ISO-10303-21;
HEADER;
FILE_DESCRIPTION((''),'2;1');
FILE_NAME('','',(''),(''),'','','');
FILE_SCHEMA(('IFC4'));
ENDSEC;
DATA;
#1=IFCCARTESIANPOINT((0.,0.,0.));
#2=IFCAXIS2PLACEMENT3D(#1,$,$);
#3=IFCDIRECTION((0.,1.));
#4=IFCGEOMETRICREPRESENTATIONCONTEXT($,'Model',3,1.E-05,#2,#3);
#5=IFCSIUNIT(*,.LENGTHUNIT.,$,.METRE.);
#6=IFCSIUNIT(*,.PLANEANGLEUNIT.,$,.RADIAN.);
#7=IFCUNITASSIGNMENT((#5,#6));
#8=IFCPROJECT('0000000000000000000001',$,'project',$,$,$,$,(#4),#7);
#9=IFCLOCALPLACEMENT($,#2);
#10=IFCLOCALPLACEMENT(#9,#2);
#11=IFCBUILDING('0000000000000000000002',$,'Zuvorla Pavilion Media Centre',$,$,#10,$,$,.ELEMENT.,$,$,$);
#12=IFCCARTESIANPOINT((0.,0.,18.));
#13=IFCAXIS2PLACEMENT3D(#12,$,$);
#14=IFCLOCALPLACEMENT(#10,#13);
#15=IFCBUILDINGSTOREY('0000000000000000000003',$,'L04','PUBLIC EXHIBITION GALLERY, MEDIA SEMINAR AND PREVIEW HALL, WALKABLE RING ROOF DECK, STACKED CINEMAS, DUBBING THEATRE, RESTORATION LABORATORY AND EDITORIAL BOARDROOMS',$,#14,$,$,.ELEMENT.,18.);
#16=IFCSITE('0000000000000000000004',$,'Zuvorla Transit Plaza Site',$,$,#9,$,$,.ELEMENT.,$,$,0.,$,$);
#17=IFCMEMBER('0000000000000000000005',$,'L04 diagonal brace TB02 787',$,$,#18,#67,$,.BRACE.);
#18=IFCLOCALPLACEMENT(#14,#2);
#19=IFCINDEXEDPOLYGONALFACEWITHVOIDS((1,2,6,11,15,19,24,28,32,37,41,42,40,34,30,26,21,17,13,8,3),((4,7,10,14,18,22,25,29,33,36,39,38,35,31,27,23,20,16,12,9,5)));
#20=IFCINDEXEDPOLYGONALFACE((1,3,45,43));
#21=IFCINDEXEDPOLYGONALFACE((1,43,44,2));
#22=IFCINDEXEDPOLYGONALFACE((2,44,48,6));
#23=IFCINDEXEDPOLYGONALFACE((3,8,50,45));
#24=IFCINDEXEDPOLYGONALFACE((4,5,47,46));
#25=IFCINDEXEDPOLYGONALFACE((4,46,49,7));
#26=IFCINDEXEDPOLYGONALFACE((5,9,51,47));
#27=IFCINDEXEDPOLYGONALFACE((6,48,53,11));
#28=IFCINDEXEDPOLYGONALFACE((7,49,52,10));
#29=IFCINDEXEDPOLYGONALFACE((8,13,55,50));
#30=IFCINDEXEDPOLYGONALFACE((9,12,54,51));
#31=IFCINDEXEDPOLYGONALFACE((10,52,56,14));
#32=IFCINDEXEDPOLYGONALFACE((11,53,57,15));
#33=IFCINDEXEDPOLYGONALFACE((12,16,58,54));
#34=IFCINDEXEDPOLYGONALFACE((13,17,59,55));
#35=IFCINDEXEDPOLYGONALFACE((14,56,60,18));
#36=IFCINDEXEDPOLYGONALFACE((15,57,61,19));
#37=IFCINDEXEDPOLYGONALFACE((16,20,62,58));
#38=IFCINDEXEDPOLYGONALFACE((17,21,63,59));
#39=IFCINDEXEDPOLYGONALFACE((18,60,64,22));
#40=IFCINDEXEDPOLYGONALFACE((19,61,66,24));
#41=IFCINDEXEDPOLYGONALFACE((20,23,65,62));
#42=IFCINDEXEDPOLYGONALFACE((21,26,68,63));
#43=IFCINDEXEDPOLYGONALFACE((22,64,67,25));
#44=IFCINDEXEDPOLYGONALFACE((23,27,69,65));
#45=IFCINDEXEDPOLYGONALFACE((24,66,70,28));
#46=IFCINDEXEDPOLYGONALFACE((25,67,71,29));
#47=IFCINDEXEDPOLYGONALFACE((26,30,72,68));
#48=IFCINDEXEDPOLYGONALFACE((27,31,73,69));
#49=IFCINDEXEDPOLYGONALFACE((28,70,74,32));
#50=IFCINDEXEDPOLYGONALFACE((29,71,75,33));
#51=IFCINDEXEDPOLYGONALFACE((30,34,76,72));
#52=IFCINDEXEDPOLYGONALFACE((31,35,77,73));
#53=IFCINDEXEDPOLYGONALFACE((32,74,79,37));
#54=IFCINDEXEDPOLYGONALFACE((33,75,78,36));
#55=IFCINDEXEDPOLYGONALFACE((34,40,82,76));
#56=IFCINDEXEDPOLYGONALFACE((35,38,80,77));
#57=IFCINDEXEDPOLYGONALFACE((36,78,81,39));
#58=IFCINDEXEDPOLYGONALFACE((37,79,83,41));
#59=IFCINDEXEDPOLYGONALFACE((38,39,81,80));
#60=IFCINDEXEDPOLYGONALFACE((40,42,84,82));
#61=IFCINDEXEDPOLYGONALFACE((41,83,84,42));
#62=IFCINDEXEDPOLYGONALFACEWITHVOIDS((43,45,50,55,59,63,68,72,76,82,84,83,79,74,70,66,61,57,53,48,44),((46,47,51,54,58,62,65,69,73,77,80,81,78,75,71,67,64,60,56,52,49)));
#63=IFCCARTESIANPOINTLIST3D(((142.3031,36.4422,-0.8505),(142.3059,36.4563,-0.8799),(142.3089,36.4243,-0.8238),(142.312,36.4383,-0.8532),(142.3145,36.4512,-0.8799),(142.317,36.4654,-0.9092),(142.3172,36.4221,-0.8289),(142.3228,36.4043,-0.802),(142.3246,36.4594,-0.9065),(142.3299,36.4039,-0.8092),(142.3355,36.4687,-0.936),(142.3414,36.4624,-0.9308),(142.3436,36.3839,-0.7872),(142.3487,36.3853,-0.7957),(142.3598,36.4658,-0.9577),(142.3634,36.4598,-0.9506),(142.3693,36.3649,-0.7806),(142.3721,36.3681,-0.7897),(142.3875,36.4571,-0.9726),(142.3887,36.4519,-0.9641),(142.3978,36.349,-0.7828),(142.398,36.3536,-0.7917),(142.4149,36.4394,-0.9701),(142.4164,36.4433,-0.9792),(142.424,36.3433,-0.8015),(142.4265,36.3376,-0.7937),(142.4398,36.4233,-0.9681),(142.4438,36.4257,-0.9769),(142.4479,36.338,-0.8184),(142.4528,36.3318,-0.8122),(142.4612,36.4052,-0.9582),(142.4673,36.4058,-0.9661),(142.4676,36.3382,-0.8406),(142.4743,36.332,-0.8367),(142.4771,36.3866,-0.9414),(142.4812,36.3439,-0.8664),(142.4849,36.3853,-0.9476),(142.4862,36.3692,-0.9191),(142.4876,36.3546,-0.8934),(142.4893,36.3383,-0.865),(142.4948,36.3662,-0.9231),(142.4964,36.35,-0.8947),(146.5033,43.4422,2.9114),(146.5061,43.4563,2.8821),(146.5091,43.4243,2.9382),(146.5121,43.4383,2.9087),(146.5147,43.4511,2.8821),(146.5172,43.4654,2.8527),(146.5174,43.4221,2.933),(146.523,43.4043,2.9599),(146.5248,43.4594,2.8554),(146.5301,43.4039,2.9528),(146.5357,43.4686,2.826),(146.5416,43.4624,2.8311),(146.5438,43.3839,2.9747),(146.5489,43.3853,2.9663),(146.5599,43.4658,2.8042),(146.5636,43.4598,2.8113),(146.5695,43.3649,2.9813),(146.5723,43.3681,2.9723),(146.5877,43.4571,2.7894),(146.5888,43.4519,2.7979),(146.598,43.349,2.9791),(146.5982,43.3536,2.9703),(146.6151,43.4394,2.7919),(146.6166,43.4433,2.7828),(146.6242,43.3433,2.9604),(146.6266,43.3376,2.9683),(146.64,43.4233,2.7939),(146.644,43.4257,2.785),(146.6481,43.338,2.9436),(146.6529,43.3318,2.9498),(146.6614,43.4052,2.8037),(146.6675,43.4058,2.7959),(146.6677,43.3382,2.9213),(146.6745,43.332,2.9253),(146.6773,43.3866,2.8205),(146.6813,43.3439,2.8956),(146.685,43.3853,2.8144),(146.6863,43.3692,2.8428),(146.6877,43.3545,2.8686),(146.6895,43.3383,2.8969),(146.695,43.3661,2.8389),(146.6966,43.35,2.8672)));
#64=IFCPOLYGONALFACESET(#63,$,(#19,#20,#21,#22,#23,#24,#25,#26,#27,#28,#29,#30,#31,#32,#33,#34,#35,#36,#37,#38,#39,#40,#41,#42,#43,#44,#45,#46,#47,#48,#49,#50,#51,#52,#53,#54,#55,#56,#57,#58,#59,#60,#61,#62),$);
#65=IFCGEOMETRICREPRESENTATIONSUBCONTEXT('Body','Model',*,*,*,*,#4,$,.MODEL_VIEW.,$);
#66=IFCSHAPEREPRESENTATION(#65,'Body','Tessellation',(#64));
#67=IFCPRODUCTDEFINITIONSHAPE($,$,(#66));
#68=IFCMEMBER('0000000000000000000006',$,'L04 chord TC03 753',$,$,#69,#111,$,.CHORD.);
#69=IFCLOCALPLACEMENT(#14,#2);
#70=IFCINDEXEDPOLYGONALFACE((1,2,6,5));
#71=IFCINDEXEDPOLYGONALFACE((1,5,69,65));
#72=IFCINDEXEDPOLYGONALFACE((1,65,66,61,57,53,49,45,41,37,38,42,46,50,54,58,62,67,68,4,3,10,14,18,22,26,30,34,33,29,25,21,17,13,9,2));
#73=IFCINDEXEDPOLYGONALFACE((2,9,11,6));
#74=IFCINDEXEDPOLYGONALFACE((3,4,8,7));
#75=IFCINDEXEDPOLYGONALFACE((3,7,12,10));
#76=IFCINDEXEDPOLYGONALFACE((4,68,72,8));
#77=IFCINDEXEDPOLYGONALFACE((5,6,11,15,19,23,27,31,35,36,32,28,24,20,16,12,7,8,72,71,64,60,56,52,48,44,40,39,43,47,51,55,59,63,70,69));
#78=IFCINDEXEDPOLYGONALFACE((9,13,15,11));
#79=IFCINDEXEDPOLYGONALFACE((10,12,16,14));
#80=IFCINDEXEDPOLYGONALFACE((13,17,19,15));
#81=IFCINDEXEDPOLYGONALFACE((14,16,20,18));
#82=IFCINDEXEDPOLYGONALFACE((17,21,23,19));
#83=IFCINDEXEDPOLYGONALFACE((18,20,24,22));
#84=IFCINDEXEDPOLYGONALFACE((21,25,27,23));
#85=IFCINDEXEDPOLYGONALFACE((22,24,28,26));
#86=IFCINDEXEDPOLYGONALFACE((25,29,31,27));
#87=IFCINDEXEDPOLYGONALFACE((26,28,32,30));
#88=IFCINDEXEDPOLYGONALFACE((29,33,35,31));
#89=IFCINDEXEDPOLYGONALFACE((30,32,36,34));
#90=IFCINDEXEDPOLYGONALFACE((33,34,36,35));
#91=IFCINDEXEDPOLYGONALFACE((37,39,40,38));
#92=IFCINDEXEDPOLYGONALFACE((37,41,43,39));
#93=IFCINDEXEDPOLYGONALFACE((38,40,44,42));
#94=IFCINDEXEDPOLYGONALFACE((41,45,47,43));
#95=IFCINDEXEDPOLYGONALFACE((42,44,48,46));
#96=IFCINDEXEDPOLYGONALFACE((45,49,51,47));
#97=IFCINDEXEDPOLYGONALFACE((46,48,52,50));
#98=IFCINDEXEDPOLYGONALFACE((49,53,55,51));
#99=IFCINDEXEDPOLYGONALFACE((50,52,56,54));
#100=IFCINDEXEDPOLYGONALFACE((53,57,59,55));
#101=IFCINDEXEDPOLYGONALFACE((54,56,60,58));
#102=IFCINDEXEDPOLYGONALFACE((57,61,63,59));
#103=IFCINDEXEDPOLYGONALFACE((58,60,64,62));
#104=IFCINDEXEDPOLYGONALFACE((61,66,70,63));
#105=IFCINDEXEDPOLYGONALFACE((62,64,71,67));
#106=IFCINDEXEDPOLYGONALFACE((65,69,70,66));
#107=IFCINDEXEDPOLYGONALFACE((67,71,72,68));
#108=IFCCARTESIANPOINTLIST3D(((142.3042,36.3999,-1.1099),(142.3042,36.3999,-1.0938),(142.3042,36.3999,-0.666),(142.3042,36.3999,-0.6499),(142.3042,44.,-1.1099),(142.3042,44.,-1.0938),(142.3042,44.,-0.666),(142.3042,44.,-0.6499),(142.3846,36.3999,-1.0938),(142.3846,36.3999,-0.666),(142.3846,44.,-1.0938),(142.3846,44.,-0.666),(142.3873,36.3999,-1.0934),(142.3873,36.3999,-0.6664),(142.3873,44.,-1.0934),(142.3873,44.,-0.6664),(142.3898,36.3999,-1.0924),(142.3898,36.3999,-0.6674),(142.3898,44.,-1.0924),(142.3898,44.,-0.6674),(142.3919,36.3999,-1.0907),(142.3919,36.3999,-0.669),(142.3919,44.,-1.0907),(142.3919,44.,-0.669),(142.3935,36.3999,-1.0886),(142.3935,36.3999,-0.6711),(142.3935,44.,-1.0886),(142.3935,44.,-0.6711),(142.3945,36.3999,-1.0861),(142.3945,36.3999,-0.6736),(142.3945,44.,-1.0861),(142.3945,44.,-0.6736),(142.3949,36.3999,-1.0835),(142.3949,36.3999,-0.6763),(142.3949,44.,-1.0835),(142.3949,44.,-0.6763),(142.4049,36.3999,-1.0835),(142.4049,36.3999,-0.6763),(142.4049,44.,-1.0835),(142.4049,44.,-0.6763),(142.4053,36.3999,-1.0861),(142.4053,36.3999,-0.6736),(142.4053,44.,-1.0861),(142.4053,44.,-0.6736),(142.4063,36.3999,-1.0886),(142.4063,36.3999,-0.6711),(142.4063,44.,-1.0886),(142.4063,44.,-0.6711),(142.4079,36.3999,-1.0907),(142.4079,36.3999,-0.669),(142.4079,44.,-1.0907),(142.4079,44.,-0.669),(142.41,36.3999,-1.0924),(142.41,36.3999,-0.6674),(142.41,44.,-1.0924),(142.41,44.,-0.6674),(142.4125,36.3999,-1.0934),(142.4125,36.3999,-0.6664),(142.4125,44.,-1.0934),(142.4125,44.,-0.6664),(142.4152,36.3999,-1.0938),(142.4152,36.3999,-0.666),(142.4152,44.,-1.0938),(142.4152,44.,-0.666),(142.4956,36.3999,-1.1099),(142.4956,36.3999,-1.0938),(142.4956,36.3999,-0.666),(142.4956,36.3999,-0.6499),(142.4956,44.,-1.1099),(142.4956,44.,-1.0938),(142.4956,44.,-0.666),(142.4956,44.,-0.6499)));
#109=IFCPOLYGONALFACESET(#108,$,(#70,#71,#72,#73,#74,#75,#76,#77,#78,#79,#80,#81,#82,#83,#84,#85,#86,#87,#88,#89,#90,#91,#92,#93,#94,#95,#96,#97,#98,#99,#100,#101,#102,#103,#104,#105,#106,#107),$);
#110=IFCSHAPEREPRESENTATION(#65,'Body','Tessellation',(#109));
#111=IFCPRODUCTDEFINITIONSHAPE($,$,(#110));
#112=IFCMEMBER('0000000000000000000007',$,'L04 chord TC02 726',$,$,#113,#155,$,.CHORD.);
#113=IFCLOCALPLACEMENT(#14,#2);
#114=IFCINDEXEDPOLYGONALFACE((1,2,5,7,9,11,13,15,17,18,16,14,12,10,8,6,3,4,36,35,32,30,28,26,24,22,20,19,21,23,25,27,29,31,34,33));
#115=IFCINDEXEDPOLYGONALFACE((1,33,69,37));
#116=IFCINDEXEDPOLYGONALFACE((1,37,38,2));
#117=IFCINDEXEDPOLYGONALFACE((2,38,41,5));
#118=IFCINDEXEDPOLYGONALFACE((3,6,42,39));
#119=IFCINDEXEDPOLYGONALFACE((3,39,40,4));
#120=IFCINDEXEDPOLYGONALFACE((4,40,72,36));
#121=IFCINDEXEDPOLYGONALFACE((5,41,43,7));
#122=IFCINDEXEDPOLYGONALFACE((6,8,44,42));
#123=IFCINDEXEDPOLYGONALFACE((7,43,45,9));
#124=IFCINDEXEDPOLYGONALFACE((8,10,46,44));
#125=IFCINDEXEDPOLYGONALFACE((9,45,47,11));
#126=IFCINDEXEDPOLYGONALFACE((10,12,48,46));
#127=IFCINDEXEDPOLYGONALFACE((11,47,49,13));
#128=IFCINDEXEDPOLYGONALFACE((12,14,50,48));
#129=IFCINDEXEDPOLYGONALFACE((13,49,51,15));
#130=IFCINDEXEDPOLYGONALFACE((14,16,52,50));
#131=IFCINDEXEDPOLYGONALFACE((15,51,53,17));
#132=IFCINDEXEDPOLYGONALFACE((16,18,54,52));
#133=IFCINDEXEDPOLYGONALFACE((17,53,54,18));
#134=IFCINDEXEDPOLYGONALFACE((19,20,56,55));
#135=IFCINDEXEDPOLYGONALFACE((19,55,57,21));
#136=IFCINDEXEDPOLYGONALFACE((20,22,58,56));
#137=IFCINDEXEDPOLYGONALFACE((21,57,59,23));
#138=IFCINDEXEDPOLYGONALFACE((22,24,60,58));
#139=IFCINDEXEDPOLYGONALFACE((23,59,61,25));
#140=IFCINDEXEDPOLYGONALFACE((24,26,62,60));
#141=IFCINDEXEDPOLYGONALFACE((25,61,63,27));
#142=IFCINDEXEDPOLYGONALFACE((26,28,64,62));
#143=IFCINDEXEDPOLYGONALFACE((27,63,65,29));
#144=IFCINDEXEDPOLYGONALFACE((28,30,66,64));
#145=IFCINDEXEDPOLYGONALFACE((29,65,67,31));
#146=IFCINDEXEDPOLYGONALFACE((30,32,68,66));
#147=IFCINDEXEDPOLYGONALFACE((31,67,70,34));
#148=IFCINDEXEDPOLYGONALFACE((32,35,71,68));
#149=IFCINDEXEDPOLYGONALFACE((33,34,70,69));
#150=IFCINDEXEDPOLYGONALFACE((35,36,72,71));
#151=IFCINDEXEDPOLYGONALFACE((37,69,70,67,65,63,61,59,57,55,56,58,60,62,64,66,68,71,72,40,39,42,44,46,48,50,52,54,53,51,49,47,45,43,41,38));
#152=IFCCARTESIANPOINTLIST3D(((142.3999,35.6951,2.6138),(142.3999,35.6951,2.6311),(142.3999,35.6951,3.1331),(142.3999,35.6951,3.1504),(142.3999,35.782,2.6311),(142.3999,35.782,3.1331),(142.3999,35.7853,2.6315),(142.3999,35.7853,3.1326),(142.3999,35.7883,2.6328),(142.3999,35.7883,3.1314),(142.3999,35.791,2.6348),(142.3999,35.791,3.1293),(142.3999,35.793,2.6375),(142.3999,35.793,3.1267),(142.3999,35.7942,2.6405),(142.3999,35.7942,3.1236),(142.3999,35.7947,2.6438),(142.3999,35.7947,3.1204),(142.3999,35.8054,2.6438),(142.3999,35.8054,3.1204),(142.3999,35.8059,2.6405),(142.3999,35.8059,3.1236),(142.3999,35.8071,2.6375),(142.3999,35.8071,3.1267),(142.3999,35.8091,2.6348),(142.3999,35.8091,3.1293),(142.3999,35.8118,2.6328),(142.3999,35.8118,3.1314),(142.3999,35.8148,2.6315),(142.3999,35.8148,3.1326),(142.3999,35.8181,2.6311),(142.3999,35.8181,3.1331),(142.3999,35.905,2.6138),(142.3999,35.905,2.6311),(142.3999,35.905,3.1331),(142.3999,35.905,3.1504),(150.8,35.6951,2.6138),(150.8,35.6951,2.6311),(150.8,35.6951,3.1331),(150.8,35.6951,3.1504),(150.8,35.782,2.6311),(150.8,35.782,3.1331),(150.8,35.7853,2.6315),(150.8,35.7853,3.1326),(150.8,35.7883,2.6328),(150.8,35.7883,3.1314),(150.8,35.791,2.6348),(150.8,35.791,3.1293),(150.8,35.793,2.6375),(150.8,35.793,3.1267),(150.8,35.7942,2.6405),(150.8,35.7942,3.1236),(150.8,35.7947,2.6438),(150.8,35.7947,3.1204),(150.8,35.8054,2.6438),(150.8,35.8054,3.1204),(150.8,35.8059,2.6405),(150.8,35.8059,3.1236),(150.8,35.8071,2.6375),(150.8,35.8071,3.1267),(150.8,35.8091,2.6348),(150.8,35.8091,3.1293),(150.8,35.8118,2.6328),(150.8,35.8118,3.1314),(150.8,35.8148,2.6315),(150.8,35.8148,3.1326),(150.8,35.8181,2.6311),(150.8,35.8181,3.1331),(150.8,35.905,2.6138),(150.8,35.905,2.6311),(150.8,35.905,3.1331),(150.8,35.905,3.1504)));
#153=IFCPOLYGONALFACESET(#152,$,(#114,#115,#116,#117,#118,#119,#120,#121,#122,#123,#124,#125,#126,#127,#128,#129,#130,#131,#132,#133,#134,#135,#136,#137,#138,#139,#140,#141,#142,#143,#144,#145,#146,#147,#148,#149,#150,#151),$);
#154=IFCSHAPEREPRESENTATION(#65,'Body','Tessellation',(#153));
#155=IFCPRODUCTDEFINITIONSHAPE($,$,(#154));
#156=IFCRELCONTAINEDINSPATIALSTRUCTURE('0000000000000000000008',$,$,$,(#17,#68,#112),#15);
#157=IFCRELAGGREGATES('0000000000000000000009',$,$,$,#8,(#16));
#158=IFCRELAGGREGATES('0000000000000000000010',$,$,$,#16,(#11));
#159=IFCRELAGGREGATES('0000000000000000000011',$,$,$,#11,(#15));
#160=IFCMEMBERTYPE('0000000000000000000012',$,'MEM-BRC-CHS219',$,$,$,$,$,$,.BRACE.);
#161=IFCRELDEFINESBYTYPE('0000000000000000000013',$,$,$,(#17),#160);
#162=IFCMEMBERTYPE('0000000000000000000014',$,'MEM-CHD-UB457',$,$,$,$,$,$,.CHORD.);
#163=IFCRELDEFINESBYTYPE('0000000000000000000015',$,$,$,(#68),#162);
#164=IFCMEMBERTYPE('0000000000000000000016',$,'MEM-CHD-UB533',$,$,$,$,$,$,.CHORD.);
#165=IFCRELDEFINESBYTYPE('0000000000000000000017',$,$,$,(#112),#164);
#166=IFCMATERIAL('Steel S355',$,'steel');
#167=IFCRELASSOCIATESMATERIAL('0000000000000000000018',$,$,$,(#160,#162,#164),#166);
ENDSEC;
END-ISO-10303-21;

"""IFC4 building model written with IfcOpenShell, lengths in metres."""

from ifc_helpers import new_model, si_unit, direction, frame, origin, origin_2d, place, context, subcontext, project, spatial, hollow_circle, i_section, extrude, material, material_profile, profile_set, type_object, element, save


model = new_model("IFC4")

# Units and contexts
model_context = context("Model", 3, precision=1e-05, world=origin(), true_north=direction((0.0, 1.0)))
body_context = subcontext(model_context, "Body", "Model", "MODEL_VIEW")
ifc_project = project(units=[si_unit("LENGTHUNIT", "METRE"), si_unit("PLANEANGLEUNIT", "RADIAN")], contexts=[model_context])

# Site, building, storey
site_placement = place(None, origin())
site = spatial("IfcSite", under=ifc_project, at=site_placement, Name="Zuvorla Transit Plaza Site", CompositionType="ELEMENT", RefElevation=0.0)
building_placement = place(site_placement, origin())
building = spatial("IfcBuilding", under=site, at=building_placement, Name="Zuvorla Pavilion Media Centre", CompositionType="ELEMENT")
storey_placement = place(building_placement, frame((0.0, 0.0, 18.0)))
storey = spatial("IfcBuildingStorey", under=building, at=storey_placement, Name="L04", Description="PUBLIC EXHIBITION GALLERY, MEDIA SEMINAR AND PREVIEW HALL, WALKABLE RING ROOF DECK, STACKED CINEMAS, DUBBING THEATRE, RESTORATION LABORATORY AND EDITORIAL BOARDROOMS", CompositionType="ELEMENT", Elevation=18.0)

# Members
ifc_material_1 = material(Name="Steel S355", Category="steel")
ifc_material_profile_1 = material_profile(ifc_material_1, hollow_circle(Radius=0.1096, WallThickness=0.01, at=origin_2d()), Name="CHS 219.1x10")
ifc_profile_set_1 = profile_set([ifc_material_profile_1], Name="Steel S355")
member_type_1 = type_object("IfcMemberType", Name="MEM-BRC-CHS219", PredefinedType="BRACE", material=ifc_profile_set_1)
member_1_placement = place(storey_placement, frame((142.3999, 36.3999, -0.8799), z_axis=(0.467283, 0.778769, 0.418528), x_axis=(-0.857482, 0.514513, 0.0)))
element("IfcMember", 1, at=member_1_placement, inside=storey, type_object=member_type_1, Name="L04 diagonal brace TB02 787", PredefinedType="BRACE", context=body_context, shape_type="SweptSolid", body=[
    extrude(hollow_circle(Radius=0.1096, WallThickness=0.01, at=origin_2d()), origin(), (0.0, 0.0, 1.0), 8.9885),
])
ifc_material_profile_2 = material_profile(ifc_material_1, i_section(OverallWidth=0.1914, OverallDepth=0.46, WebThickness=0.01, FlangeThickness=0.0161, FilletRadius=0.0103, at=origin_2d()), Name="UB 457x191x82")
ifc_profile_set_2 = profile_set([ifc_material_profile_2], Name="Steel S355")
member_type_2 = type_object("IfcMemberType", Name="MEM-CHD-UB457", PredefinedType="CHORD", material=ifc_profile_set_2)
member_2_placement = place(storey_placement, frame((142.3999, 36.3999, -0.8799), z_axis=(0.0, 1.0, 0.0), x_axis=(-1.0, 0.0, 0.0)))
element("IfcMember", 2, at=member_2_placement, inside=storey, type_object=member_type_2, Name="L04 chord TC03 753", PredefinedType="CHORD", context=body_context, shape_type="SweptSolid", body=[
    extrude(i_section(OverallWidth=0.1914, OverallDepth=0.46, WebThickness=0.01, FlangeThickness=0.0161, FilletRadius=0.0103, at=origin_2d()), origin(), (0.0, 0.0, 1.0), 7.6001),
])
ifc_material_profile_3 = material_profile(ifc_material_1, i_section(OverallWidth=0.21, OverallDepth=0.5366, WebThickness=0.0107, FlangeThickness=0.0173, FilletRadius=0.0127, at=origin_2d()), Name="UB 533x210x101")
ifc_profile_set_3 = profile_set([ifc_material_profile_3], Name="Steel S355")
member_type_3 = type_object("IfcMemberType", Name="MEM-CHD-UB533", PredefinedType="CHORD", material=ifc_profile_set_3)
member_3_placement = place(storey_placement, frame((142.3999, 35.8, 2.8821), z_axis=(1.0, 0.0, 0.0), x_axis=(0.0, 1.0, 0.0)))
element("IfcMember", 3, at=member_3_placement, inside=storey, type_object=member_type_3, Name="L04 chord TC02 726", PredefinedType="CHORD", context=body_context, shape_type="SweptSolid", body=[
    extrude(i_section(OverallWidth=0.21, OverallDepth=0.5366, WebThickness=0.0107, FlangeThickness=0.0173, FilletRadius=0.0127, at=origin_2d()), origin(), (0.0, 0.0, 1.0), 8.4001),
])

save(model, "model.ifc")
